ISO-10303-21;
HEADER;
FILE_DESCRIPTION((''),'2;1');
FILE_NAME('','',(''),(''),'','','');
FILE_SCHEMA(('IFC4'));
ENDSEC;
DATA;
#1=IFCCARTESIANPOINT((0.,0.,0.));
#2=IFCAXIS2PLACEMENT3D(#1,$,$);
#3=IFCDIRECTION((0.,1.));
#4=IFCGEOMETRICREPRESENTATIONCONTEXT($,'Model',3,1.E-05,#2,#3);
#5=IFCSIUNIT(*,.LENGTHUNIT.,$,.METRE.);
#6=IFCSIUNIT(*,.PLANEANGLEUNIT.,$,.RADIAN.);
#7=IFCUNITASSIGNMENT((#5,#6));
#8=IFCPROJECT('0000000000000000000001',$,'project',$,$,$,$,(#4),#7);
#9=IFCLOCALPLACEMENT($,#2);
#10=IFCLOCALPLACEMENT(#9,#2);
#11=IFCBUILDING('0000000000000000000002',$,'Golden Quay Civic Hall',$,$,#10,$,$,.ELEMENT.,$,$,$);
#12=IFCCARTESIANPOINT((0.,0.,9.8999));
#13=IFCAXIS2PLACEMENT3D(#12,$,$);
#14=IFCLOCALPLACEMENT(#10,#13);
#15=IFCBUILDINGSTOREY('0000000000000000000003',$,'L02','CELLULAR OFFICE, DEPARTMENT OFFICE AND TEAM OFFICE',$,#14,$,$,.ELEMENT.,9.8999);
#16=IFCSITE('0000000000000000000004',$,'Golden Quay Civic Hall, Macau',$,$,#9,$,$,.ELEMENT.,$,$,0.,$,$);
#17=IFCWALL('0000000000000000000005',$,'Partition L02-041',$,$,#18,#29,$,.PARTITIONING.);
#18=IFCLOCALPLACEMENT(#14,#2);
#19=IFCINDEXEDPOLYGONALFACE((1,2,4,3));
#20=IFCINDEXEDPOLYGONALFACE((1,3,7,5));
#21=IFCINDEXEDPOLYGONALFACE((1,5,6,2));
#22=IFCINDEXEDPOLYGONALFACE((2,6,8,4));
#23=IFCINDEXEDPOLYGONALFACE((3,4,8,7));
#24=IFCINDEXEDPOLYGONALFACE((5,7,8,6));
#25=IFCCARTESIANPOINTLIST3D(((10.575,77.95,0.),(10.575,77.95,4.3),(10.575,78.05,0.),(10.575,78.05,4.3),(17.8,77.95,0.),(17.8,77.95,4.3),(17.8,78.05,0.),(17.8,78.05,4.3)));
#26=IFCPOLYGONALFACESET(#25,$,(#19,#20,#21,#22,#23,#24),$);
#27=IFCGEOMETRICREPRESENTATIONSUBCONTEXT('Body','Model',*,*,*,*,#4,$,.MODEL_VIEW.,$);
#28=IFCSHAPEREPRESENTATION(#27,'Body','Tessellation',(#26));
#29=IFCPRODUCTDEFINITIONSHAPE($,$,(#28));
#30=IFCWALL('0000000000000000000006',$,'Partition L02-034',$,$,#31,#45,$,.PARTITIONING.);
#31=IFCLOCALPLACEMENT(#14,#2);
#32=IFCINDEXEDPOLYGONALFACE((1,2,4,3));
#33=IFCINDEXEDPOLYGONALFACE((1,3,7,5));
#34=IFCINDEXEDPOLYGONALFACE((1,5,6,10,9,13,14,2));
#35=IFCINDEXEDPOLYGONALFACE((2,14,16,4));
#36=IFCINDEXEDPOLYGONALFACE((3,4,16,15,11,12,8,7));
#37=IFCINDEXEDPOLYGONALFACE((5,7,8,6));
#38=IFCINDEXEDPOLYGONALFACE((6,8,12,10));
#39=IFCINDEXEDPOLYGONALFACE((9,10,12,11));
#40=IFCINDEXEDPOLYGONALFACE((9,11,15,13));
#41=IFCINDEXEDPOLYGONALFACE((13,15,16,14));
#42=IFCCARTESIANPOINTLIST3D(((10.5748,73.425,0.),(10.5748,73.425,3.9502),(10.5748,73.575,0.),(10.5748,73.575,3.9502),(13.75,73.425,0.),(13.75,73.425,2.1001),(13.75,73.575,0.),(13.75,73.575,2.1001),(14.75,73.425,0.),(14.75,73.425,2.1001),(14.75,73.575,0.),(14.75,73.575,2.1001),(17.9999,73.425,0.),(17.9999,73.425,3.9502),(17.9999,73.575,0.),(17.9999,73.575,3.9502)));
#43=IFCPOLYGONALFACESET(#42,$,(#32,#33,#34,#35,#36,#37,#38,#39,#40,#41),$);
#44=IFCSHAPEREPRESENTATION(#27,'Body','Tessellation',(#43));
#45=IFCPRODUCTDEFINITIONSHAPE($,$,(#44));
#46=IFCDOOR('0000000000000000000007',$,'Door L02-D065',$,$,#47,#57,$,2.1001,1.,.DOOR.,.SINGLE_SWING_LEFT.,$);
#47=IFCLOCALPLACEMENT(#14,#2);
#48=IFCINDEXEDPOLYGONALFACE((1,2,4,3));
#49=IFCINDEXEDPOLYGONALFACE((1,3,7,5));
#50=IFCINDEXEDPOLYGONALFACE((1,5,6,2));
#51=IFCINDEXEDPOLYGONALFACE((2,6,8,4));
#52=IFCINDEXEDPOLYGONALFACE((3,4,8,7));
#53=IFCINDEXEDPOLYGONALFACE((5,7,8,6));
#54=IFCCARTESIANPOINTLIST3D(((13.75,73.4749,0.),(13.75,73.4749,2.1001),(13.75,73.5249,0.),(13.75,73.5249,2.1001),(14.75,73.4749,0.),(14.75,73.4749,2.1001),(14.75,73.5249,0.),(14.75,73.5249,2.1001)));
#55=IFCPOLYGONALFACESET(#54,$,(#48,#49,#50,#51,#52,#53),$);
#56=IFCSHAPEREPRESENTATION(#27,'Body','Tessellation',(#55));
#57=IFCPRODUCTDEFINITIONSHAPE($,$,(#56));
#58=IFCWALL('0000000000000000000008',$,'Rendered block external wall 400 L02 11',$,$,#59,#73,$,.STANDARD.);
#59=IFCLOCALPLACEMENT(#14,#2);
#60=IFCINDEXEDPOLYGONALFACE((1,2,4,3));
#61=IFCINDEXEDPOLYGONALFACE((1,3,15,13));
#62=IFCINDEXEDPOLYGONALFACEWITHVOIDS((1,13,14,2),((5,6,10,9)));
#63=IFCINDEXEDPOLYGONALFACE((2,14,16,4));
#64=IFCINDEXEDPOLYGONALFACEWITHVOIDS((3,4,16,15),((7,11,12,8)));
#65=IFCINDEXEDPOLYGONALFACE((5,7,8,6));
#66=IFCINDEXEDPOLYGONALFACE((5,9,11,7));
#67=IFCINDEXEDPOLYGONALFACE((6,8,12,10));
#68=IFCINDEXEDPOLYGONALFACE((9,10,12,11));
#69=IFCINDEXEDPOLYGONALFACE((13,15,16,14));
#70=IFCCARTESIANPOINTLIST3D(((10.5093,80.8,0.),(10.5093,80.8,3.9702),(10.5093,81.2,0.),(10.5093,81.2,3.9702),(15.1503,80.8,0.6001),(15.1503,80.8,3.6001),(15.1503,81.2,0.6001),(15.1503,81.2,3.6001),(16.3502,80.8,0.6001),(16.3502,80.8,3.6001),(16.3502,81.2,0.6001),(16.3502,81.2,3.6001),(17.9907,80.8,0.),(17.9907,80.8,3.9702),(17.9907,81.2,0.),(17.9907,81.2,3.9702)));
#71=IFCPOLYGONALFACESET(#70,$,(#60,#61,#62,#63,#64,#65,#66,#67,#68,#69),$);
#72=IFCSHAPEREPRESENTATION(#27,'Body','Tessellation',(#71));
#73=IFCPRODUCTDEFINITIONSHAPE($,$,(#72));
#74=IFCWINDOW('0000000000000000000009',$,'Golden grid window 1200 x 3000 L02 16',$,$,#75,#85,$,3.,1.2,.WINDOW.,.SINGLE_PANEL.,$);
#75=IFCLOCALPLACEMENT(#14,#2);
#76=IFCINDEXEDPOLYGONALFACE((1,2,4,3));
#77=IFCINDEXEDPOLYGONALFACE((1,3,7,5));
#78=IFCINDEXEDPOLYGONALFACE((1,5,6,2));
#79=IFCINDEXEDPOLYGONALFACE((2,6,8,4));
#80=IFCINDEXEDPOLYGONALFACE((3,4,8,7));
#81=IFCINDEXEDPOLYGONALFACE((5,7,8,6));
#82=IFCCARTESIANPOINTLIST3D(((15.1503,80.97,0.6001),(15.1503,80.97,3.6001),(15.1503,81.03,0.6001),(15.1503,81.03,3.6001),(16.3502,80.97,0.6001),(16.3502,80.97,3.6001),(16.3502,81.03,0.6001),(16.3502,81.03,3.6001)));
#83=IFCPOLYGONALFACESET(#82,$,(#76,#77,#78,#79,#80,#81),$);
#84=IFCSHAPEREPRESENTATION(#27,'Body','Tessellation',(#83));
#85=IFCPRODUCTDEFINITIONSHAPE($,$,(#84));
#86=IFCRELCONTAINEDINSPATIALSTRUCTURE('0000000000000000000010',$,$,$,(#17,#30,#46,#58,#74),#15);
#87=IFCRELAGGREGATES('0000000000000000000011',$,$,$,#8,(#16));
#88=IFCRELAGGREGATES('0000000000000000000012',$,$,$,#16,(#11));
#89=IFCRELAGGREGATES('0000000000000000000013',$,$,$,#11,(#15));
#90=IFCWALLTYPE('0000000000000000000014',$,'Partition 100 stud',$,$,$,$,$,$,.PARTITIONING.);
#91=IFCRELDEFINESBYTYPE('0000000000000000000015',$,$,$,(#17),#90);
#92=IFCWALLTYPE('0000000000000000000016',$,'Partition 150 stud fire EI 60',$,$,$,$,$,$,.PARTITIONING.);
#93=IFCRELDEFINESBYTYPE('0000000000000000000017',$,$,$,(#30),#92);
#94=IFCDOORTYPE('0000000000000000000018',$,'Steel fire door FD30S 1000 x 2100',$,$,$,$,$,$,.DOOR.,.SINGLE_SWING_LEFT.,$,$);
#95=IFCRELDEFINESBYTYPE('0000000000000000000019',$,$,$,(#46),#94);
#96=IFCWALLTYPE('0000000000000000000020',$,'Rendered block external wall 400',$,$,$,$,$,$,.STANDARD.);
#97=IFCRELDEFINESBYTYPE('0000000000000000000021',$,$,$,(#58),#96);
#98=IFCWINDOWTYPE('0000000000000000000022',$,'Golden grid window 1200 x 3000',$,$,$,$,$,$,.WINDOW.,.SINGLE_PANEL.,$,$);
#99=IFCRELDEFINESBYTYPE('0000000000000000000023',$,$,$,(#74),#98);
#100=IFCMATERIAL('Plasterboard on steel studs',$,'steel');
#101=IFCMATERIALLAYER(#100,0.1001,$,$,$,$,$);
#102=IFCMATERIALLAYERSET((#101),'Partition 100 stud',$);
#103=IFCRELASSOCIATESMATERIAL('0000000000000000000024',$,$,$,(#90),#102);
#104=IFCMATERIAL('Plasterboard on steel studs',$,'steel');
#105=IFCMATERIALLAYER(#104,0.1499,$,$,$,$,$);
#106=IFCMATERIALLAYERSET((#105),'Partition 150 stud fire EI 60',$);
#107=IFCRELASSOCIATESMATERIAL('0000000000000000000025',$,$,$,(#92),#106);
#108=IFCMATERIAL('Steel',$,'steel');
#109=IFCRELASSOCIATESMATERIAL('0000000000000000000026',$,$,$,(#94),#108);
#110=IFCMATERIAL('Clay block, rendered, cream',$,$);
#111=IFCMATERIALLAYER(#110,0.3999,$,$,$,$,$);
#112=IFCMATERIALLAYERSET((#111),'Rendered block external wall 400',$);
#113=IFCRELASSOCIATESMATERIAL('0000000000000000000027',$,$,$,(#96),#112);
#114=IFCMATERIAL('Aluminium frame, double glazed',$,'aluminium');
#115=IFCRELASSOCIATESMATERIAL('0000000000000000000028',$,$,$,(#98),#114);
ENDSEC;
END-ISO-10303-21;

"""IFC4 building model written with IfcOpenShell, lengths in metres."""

from ifc_helpers import new_model, si_unit, direction, frame, frame_2d, origin, place, context, subcontext, project, spatial, rectangle, extrude, material, layer, layer_set, type_object, element, fill, save


model = new_model("IFC4")

# Units and contexts
model_context = context("Model", 3, precision=1e-05, world=origin(), true_north=direction((0.0, 1.0)))
body_context = subcontext(model_context, "Body", "Model", "MODEL_VIEW")
ifc_project = project(units=[si_unit("LENGTHUNIT", "METRE"), si_unit("PLANEANGLEUNIT", "RADIAN")], contexts=[model_context])

# Site, building, storey
site_placement = place(None, origin())
site = spatial("IfcSite", under=ifc_project, at=site_placement, Name="Golden Quay Civic Hall, Macau", CompositionType="ELEMENT", RefElevation=0.0)
building_placement = place(site_placement, origin())
building = spatial("IfcBuilding", under=site, at=building_placement, Name="Golden Quay Civic Hall", CompositionType="ELEMENT")
storey_placement = place(building_placement, frame((0.0, 0.0, 9.8999)))
storey = spatial("IfcBuildingStorey", under=building, at=storey_placement, Name="L02", Description="CELLULAR OFFICE, DEPARTMENT OFFICE AND TEAM OFFICE", CompositionType="ELEMENT", Elevation=9.8999)

# Wall
ifc_material_1 = material(Name="Plasterboard on steel studs", Category="steel")
ifc_layer_1 = layer(ifc_material_1, 0.1001)
ifc_layer_set_1 = layer_set([ifc_layer_1], Name="Partition 100 stud")
wall_type_1 = type_object("IfcWallType", Name="Partition 100 stud", PredefinedType="PARTITIONING", material=ifc_layer_set_1)
wall_1_placement = place(storey_placement, frame((10.575, 78.0, 0.0), z_axis=(0.0, 0.0, 1.0), x_axis=(1.0, 0.0, 0.0)))
element("IfcWall", 1, at=wall_1_placement, inside=storey, type_object=wall_type_1, Name="Partition L02-041", PredefinedType="PARTITIONING", context=body_context, shape_type="SweptSolid", body=[
    extrude(rectangle(XDim=7.2251, YDim=0.1001, at=frame_2d((3.6125, 0.0))), origin(), (0.0, 0.0, 1.0), 4.3),
])

# Wall, opening, door
ifc_material_2 = material(Name="Plasterboard on steel studs", Category="steel")
ifc_layer_2 = layer(ifc_material_2, 0.1499)
ifc_layer_set_2 = layer_set([ifc_layer_2], Name="Partition 150 stud fire EI 60")
wall_type_2 = type_object("IfcWallType", Name="Partition 150 stud fire EI 60", PredefinedType="PARTITIONING", material=ifc_layer_set_2)
wall_2_placement = place(storey_placement, frame((10.575, 73.5, 0.0), z_axis=(0.0, 0.0, 1.0), x_axis=(1.0, 0.0, 0.0)))
wall_2 = element("IfcWall", 2, at=wall_2_placement, inside=storey, type_object=wall_type_2, Name="Partition L02-034", PredefinedType="PARTITIONING", context=body_context, shape_type="SweptSolid", body=[
    extrude(rectangle(XDim=7.425, YDim=0.1499, at=frame_2d((3.7124, 0.0))), origin(), (0.0, 0.0, 1.0), 3.9502),
])
opening_1_placement = place(wall_2_placement, frame((3.175, 0.0, 0.0)))
opening_1 = element("IfcOpeningElement", 3, at=opening_1_placement, cuts=wall_2, PredefinedType="OPENING", context=body_context, shape_type="SweptSolid", body=[
    extrude(rectangle(XDim=1.0, YDim=2.1001, at=frame_2d((0.5, 1.05))), frame((0.0, 0.085, 0.0), z_axis=(0.0, -1.0, 0.0), x_axis=(1.0, 0.0, 0.0)), (0.0, 0.0, 1.0), 0.1699),
])
ifc_material_3 = material(Name="Steel", Category="steel")
door_type = type_object("IfcDoorType", Name="Steel fire door FD30S 1000 x 2100", OperationType="SINGLE_SWING_LEFT", PredefinedType="DOOR", material=ifc_material_3)
door_placement = place(opening_1_placement, origin())
door = element("IfcDoor", 4, at=door_placement, inside=storey, type_object=door_type, Name="Door L02-D065", OperationType="SINGLE_SWING_LEFT", OverallHeight=2.1001, OverallWidth=1.0, PredefinedType="DOOR", context=body_context, shape_type="SweptSolid", body=[
    extrude(rectangle(XDim=1.0, YDim=2.1001, at=frame_2d((0.5, 1.05))), frame((0.0, 0.0249, 0.0), z_axis=(0.0, -1.0, 0.0), x_axis=(1.0, 0.0, 0.0)), (0.0, 0.0, 1.0), 0.05),
])
fill(opening_1, door)

# Wall, opening, window
ifc_material_4 = material(Name="Clay block, rendered, cream")
ifc_layer_3 = layer(ifc_material_4, 0.3999)
ifc_layer_set_3 = layer_set([ifc_layer_3], Name="Rendered block external wall 400")
wall_type_3 = type_object("IfcWallType", Name="Rendered block external wall 400", PredefinedType="STANDARD", material=ifc_layer_set_3)
wall_3_placement = place(storey_placement, frame((10.5093, 81.0, 0.0), z_axis=(0.0, 0.0, 1.0), x_axis=(1.0, 0.0, 0.0)))
wall_3 = element("IfcWall", 5, at=wall_3_placement, inside=storey, type_object=wall_type_3, Name="Rendered block external wall 400 L02 11", PredefinedType="STANDARD", context=body_context, shape_type="SweptSolid", body=[
    extrude(rectangle(XDim=7.4814, YDim=0.3999, at=frame_2d((3.7407, 0.0))), origin(), (0.0, 0.0, 1.0), 3.9702),
])
opening_2_placement = place(wall_3_placement, frame((4.6409, 0.0, 0.6001)))
opening_2 = element("IfcOpeningElement", 6, at=opening_2_placement, cuts=wall_3, PredefinedType="OPENING", context=body_context, shape_type="SweptSolid", body=[
    extrude(rectangle(XDim=1.2, YDim=3.0, at=frame_2d((0.6001, 1.5))), frame((0.0, 0.21, 0.0), z_axis=(0.0, -1.0, 0.0), x_axis=(1.0, 0.0, 0.0)), (0.0, 0.0, 1.0), 0.4199),
])
ifc_material_5 = material(Name="Aluminium frame, double glazed", Category="aluminium")
window_type = type_object("IfcWindowType", Name="Golden grid window 1200 x 3000", PartitioningType="SINGLE_PANEL", PredefinedType="WINDOW", material=ifc_material_5)
window_placement = place(opening_2_placement, origin())
window = element("IfcWindow", 7, at=window_placement, inside=storey, type_object=window_type, Name="Golden grid window 1200 x 3000 L02 16", OverallHeight=3.0, OverallWidth=1.2, PartitioningType="SINGLE_PANEL", PredefinedType="WINDOW", context=body_context, shape_type="SweptSolid", body=[
    extrude(rectangle(XDim=1.2, YDim=3.0, at=frame_2d((0.6001, 1.5))), frame((0.0, 0.03, 0.0), z_axis=(0.0, -1.0, 0.0), x_axis=(1.0, 0.0, 0.0)), (0.0, 0.0, 1.0), 0.0601),
])
fill(opening_2, window)

save(model, "model.ifc")
